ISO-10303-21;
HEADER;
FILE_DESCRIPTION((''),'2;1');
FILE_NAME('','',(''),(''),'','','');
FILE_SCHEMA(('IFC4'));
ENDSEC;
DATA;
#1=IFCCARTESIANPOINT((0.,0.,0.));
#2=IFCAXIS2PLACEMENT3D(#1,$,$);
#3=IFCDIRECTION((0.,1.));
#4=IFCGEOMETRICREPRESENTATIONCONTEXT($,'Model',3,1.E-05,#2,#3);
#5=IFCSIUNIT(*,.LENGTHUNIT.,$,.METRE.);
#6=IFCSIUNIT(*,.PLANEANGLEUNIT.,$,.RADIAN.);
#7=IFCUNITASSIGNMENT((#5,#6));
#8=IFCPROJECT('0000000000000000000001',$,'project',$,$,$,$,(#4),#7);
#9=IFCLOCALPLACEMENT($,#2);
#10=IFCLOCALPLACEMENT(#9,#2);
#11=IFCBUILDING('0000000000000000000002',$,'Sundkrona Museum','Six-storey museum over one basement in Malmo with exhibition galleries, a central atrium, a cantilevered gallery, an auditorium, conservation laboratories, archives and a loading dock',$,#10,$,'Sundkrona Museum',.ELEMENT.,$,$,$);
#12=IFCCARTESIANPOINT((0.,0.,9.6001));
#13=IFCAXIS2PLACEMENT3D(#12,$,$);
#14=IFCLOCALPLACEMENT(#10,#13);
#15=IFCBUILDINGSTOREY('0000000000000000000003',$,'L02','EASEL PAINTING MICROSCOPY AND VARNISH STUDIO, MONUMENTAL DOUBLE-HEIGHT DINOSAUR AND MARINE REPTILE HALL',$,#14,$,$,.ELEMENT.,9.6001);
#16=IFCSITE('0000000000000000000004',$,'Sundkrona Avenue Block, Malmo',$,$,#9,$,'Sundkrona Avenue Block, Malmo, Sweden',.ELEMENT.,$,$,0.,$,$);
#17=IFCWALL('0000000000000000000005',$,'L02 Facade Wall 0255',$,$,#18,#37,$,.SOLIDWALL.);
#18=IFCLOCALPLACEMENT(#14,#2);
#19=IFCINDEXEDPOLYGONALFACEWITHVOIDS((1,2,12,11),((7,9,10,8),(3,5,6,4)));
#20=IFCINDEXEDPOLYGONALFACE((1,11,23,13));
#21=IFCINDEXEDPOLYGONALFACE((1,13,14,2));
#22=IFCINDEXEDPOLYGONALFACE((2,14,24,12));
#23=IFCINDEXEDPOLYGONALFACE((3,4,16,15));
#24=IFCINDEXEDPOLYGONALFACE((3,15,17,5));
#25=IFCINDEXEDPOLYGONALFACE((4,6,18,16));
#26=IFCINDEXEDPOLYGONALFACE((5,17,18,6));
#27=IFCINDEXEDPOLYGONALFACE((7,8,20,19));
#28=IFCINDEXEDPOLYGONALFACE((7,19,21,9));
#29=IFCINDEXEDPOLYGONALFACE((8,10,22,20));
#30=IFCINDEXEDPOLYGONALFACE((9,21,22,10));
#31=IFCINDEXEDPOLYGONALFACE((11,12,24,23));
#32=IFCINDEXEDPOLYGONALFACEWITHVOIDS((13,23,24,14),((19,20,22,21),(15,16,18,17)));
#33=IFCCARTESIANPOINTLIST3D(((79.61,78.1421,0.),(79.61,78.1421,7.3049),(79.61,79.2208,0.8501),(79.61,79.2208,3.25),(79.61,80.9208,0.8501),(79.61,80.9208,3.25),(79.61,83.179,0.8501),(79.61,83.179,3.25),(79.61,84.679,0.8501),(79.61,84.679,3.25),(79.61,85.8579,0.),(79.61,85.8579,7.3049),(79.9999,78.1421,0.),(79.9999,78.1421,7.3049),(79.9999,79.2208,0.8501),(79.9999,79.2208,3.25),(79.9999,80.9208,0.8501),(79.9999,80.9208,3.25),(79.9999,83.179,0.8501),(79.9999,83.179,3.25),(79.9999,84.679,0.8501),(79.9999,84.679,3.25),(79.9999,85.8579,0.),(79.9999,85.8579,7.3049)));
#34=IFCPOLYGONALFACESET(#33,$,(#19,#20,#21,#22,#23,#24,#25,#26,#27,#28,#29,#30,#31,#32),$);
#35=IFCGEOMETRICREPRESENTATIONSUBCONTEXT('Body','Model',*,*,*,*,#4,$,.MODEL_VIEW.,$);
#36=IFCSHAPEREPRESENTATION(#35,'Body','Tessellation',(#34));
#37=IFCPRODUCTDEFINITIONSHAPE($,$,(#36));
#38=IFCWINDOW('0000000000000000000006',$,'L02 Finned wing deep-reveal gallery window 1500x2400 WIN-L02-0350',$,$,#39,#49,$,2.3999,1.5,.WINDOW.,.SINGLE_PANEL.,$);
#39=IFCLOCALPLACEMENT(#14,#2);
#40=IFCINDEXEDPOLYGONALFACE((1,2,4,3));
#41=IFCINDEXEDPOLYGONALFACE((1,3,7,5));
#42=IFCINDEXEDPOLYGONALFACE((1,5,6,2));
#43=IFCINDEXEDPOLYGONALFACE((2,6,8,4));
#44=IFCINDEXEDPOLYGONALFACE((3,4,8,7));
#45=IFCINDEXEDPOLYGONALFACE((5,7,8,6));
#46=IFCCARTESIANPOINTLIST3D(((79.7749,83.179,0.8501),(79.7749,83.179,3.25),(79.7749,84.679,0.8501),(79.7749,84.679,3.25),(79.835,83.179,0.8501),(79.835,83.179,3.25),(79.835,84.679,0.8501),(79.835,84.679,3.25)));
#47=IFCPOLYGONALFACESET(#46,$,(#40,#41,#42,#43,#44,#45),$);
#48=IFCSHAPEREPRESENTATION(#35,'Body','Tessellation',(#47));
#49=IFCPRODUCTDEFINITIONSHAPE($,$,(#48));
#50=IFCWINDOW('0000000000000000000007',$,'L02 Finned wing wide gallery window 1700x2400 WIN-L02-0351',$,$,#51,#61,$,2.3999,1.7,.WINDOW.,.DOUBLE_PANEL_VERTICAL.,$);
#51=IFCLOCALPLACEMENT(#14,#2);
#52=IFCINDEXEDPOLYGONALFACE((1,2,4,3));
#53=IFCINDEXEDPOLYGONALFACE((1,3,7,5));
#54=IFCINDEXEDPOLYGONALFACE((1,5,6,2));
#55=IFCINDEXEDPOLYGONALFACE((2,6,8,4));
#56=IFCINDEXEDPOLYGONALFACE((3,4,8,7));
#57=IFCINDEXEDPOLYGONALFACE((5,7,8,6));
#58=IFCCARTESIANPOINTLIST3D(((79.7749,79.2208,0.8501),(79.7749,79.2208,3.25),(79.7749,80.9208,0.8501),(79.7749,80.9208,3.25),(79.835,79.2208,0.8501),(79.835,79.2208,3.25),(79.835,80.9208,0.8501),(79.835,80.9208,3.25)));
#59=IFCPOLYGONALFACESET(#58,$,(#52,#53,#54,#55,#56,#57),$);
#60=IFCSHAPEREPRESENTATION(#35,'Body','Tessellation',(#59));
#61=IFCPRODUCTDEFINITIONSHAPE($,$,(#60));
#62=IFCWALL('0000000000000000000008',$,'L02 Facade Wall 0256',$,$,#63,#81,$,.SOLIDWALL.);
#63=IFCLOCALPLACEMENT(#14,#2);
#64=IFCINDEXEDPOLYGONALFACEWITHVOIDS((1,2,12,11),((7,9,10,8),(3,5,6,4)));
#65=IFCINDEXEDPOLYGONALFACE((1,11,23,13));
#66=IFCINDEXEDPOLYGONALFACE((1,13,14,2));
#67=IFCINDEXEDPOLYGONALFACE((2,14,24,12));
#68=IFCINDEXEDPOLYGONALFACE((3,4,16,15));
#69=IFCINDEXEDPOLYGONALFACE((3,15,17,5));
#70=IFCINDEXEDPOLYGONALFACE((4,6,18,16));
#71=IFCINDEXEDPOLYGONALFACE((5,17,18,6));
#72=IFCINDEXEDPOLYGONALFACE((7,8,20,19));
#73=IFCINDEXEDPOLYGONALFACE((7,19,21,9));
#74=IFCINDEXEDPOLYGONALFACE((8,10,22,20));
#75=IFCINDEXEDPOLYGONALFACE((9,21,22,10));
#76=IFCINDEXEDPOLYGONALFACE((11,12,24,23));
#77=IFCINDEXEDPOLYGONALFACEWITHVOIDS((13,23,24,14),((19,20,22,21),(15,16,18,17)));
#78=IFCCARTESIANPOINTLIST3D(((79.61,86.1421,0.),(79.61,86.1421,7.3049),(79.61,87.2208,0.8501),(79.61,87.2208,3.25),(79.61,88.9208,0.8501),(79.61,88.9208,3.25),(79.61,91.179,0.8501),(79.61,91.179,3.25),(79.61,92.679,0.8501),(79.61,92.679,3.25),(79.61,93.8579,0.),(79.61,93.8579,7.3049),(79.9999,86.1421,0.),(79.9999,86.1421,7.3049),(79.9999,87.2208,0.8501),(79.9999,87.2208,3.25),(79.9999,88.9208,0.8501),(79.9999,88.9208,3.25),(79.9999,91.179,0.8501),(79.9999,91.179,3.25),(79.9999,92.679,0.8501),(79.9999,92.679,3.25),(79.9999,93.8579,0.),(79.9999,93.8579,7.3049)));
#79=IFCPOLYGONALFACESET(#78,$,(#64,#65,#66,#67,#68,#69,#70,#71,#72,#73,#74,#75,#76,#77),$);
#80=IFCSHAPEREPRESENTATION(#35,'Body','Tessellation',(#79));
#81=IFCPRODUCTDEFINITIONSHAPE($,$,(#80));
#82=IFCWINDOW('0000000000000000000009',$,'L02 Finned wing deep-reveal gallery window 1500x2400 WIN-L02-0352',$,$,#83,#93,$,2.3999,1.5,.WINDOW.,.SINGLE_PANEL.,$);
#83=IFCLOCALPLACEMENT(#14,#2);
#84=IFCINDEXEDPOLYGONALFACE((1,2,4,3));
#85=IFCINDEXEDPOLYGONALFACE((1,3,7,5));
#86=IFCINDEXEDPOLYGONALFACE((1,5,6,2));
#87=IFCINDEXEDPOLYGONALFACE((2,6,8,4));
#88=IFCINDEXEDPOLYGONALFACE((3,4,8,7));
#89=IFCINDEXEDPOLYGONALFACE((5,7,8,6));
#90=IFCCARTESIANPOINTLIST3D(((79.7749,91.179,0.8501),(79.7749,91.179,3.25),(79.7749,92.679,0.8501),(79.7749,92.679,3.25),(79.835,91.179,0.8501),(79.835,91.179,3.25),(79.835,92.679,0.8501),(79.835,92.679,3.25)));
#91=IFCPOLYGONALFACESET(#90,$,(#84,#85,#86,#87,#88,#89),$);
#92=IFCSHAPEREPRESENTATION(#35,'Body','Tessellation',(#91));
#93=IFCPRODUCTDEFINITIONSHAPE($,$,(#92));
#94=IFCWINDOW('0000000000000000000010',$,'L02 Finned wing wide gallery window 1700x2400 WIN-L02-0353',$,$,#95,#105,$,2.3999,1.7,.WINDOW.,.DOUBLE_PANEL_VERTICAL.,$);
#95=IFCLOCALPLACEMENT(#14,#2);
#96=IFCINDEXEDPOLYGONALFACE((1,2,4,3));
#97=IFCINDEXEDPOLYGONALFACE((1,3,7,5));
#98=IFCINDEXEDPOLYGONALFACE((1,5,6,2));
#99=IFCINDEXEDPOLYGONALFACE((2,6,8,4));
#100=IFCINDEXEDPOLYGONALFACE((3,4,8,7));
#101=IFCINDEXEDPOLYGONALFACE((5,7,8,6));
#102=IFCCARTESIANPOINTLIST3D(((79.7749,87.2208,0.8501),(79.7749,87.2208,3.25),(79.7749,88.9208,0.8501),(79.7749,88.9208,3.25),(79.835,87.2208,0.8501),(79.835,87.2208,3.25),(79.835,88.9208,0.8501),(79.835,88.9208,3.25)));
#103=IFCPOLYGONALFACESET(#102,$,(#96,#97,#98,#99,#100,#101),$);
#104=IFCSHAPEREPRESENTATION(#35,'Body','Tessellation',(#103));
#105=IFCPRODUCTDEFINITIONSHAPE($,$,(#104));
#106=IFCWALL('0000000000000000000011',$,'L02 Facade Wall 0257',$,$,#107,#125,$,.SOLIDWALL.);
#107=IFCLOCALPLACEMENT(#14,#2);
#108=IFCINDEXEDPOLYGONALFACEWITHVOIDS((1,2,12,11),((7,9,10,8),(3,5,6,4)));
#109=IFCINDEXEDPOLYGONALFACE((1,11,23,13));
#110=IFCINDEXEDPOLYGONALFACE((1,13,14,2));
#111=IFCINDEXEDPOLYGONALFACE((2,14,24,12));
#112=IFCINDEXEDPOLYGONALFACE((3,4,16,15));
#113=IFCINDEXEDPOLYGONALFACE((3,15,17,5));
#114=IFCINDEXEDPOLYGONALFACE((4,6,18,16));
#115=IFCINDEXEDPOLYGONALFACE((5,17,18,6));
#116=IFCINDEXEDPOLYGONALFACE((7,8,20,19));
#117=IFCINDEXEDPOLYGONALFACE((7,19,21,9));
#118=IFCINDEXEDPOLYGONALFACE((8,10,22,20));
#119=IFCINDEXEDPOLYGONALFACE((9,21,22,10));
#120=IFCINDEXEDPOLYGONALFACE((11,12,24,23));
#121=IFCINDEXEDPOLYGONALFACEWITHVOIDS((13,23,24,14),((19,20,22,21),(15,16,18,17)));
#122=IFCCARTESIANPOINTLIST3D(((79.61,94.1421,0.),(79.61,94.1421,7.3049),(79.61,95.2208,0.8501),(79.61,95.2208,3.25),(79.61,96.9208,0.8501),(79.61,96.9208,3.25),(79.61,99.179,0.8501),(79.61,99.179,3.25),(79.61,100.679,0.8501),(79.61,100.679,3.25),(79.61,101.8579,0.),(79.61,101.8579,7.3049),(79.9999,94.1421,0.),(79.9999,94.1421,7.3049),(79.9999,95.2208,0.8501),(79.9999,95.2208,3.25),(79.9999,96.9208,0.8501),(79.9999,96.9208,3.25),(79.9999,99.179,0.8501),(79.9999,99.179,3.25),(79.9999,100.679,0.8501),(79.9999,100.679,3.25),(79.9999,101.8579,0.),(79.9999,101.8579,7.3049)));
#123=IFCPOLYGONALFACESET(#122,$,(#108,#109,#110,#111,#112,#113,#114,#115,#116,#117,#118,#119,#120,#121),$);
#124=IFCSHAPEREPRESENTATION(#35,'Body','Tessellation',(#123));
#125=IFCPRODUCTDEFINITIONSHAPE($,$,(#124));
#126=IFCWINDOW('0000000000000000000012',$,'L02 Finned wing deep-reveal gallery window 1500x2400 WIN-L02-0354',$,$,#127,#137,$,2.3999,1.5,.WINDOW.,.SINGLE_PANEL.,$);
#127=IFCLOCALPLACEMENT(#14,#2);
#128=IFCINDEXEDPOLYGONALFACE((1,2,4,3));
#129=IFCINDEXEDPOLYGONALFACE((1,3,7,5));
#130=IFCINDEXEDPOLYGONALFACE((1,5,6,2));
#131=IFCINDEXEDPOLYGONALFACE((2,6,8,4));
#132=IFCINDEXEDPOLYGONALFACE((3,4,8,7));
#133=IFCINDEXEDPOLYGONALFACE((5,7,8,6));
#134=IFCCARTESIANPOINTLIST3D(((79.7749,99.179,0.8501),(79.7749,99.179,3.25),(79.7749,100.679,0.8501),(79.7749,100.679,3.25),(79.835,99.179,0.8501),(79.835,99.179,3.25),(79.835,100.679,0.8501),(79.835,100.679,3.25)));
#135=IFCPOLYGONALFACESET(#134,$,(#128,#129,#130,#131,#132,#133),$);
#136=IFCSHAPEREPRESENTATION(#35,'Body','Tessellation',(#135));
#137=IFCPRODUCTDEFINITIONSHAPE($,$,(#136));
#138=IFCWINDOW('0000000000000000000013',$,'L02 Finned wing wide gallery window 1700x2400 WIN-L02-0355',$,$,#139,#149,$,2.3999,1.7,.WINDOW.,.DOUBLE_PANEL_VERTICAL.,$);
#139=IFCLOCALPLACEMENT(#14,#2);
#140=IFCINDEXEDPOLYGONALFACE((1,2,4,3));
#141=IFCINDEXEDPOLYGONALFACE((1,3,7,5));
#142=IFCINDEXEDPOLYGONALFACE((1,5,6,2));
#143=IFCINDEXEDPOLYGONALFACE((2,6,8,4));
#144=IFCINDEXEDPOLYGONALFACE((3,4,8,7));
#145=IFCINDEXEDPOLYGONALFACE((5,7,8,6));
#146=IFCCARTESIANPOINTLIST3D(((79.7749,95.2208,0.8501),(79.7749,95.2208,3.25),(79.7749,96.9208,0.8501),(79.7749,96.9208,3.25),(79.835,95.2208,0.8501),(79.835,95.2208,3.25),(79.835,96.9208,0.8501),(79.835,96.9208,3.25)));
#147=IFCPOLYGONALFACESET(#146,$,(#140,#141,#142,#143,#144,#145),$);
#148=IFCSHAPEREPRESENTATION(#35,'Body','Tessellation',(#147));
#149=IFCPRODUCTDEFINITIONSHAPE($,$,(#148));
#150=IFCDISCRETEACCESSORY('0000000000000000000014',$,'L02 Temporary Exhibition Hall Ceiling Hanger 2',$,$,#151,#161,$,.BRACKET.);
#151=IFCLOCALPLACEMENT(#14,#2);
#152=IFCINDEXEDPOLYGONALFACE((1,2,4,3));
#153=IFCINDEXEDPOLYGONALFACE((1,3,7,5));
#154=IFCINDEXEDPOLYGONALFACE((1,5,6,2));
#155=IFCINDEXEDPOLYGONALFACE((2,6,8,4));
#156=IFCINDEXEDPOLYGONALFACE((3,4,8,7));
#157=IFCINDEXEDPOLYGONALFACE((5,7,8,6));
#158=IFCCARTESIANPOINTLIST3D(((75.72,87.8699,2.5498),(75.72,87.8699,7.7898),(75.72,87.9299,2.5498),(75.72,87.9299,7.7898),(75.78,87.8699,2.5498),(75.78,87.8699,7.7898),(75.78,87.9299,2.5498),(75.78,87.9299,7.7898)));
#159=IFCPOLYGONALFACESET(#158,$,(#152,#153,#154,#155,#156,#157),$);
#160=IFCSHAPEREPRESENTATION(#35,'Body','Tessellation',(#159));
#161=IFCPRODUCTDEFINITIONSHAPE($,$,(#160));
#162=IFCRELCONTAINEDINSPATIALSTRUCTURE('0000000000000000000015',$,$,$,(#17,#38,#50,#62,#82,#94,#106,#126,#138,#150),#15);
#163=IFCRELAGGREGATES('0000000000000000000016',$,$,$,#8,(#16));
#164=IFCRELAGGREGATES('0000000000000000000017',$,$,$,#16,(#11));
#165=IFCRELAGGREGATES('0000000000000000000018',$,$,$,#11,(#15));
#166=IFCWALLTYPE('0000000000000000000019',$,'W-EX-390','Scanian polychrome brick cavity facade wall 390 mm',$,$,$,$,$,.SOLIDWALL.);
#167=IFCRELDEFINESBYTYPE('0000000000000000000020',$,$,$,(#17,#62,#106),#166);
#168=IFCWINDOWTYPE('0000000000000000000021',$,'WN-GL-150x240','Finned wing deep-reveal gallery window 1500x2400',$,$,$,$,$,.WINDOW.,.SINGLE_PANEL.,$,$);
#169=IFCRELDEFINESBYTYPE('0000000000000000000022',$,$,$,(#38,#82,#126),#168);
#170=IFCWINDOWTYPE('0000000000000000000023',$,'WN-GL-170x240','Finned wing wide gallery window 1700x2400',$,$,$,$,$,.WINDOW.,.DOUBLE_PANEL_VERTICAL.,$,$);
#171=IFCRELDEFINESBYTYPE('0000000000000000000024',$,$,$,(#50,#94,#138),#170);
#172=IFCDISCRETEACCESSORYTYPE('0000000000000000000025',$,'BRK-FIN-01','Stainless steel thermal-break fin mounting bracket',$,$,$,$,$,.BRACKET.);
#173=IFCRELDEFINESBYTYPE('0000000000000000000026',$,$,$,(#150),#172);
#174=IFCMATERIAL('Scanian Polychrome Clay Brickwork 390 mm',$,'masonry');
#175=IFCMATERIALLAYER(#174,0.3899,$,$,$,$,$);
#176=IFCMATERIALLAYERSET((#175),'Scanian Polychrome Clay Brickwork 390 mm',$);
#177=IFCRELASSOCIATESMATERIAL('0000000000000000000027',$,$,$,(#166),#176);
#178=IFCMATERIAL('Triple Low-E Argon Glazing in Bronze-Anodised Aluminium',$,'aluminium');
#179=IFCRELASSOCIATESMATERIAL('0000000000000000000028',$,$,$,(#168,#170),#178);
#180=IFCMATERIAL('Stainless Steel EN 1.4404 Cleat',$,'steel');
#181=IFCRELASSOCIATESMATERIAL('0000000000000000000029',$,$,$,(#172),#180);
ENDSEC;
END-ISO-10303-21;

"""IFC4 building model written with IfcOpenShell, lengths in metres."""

from ifc_helpers import new_model, si_unit, direction, frame, frame_2d, origin, origin_2d, place, context, subcontext, project, spatial, rectangle, extrude, material, layer, layer_set, type_object, element, fill, save


model = new_model("IFC4")

# Units and contexts
model_context = context("Model", 3, precision=1e-05, world=origin(), true_north=direction((0.0, 1.0)))
body_context = subcontext(model_context, "Body", "Model", "MODEL_VIEW")
ifc_project = project(units=[si_unit("LENGTHUNIT", "METRE"), si_unit("PLANEANGLEUNIT", "RADIAN")], contexts=[model_context])

# Site, building, storey
site_placement = place(None, origin())
site = spatial("IfcSite", under=ifc_project, at=site_placement, Name="Sundkrona Avenue Block, Malmo", LongName="Sundkrona Avenue Block, Malmo, Sweden", CompositionType="ELEMENT", RefElevation=0.0)
building_placement = place(site_placement, origin())
building = spatial("IfcBuilding", under=site, at=building_placement, Name="Sundkrona Museum", Description="Six-storey museum over one basement in Malmo with exhibition galleries, a central atrium, a cantilevered gallery, an auditorium, conservation laboratories, archives and a loading dock", LongName="Sundkrona Museum", CompositionType="ELEMENT")
storey_placement = place(building_placement, frame((0.0, 0.0, 9.6001)))
storey = spatial("IfcBuildingStorey", under=building, at=storey_placement, Name="L02", Description="EASEL PAINTING MICROSCOPY AND VARNISH STUDIO, MONUMENTAL DOUBLE-HEIGHT DINOSAUR AND MARINE REPTILE HALL", CompositionType="ELEMENT", Elevation=9.6001)

# Walls, openings, windows
ifc_material_1 = material(Name="Scanian Polychrome Clay Brickwork 390 mm", Category="masonry")
ifc_layer = layer(ifc_material_1, 0.3899)
ifc_layer_set = layer_set([ifc_layer], Name="Scanian Polychrome Clay Brickwork 390 mm")
wall_type = type_object("IfcWallType", Name="W-EX-390", Description="Scanian polychrome brick cavity facade wall 390 mm", PredefinedType="SOLIDWALL", material=ifc_layer_set)
wall_1_placement = place(storey_placement, frame((79.8049, 85.8579, 0.0), z_axis=(0.0, 0.0, 1.0), x_axis=(0.0, -1.0, 0.0)))
wall_1 = element("IfcWall", 1, at=wall_1_placement, inside=storey, type_object=wall_type, Name="L02 Facade Wall 0255", PredefinedType="SOLIDWALL", context=body_context, shape_type="SweptSolid", body=[
    extrude(rectangle(XDim=7.7158, YDim=0.3899, at=frame_2d((3.8579, 0.0))), origin(), (0.0, 0.0, 1.0), 7.3049),
])
opening_1_placement = place(wall_1_placement, frame((1.179, 0.0, 0.8501)))
opening_1 = element("IfcOpeningElement", 2, at=opening_1_placement, cuts=wall_1, PredefinedType="OPENING", context=body_context, shape_type="SweptSolid", body=[
    extrude(rectangle(XDim=1.5, YDim=2.3999, at=frame_2d((0.75, 1.2))), frame((0.0, 0.2048, 0.0), z_axis=(0.0, -1.0, 0.0), x_axis=(1.0, 0.0, 0.0)), (0.0, 0.0, 1.0), 0.4099),
])
opening_2_placement = place(wall_1_placement, frame((4.937, 0.0, 0.8501)))
opening_2 = element("IfcOpeningElement", 3, at=opening_2_placement, cuts=wall_1, PredefinedType="OPENING", context=body_context, shape_type="SweptSolid", body=[
    extrude(rectangle(XDim=1.7, YDim=2.3999, at=frame_2d((0.8501, 1.2))), frame((0.0, 0.2048, 0.0), z_axis=(0.0, -1.0, 0.0), x_axis=(1.0, 0.0, 0.0)), (0.0, 0.0, 1.0), 0.4099),
])
ifc_material_2 = material(Name="Triple Low-E Argon Glazing in Bronze-Anodised Aluminium", Category="aluminium")
window_type_1 = type_object("IfcWindowType", Name="WN-GL-150x240", Description="Finned wing deep-reveal gallery window 1500x2400", PartitioningType="SINGLE_PANEL", PredefinedType="WINDOW", material=ifc_material_2)
window_1_placement = place(opening_1_placement, origin())
window_1 = element("IfcWindow", 4, at=window_1_placement, inside=storey, type_object=window_type_1, Name="L02 Finned wing deep-reveal gallery window 1500x2400 WIN-L02-0350", OverallHeight=2.3999, OverallWidth=1.5, PartitioningType="SINGLE_PANEL", PredefinedType="WINDOW", context=body_context, shape_type="SweptSolid", body=[
    extrude(rectangle(XDim=1.5, YDim=2.3999, at=frame_2d((0.75, 1.2))), frame((0.0, 0.03, 0.0), z_axis=(0.0, -1.0, 0.0), x_axis=(1.0, 0.0, 0.0)), (0.0, 0.0, 1.0), 0.0601),
])
fill(opening_1, window_1)
window_type_2 = type_object("IfcWindowType", Name="WN-GL-170x240", Description="Finned wing wide gallery window 1700x2400", PartitioningType="DOUBLE_PANEL_VERTICAL", PredefinedType="WINDOW", material=ifc_material_2)
window_2_placement = place(opening_2_placement, origin())
window_2 = element("IfcWindow", 5, at=window_2_placement, inside=storey, type_object=window_type_2, Name="L02 Finned wing wide gallery window 1700x2400 WIN-L02-0351", OverallHeight=2.3999, OverallWidth=1.7, PartitioningType="DOUBLE_PANEL_VERTICAL", PredefinedType="WINDOW", context=body_context, shape_type="SweptSolid", body=[
    extrude(rectangle(XDim=1.7, YDim=2.3999, at=frame_2d((0.8501, 1.2))), frame((0.0, 0.03, 0.0), z_axis=(0.0, -1.0, 0.0), x_axis=(1.0, 0.0, 0.0)), (0.0, 0.0, 1.0), 0.0601),
])
fill(opening_2, window_2)
wall_2_placement = place(storey_placement, frame((79.8049, 93.8579, 0.0), z_axis=(0.0, 0.0, 1.0), x_axis=(0.0, -1.0, 0.0)))
wall_2 = element("IfcWall", 6, at=wall_2_placement, inside=storey, type_object=wall_type, Name="L02 Facade Wall 0256", PredefinedType="SOLIDWALL", context=body_context, shape_type="SweptSolid", body=[
    extrude(rectangle(XDim=7.7158, YDim=0.3899, at=frame_2d((3.8579, 0.0))), origin(), (0.0, 0.0, 1.0), 7.3049),
])
opening_3_placement = place(wall_2_placement, frame((1.179, 0.0, 0.8501)))
opening_3 = element("IfcOpeningElement", 7, at=opening_3_placement, cuts=wall_2, PredefinedType="OPENING", context=body_context, shape_type="SweptSolid", body=[
    extrude(rectangle(XDim=1.5, YDim=2.3999, at=frame_2d((0.75, 1.2))), frame((0.0, 0.2048, 0.0), z_axis=(0.0, -1.0, 0.0), x_axis=(1.0, 0.0, 0.0)), (0.0, 0.0, 1.0), 0.4099),
])
opening_4_placement = place(wall_2_placement, frame((4.937, 0.0, 0.8501)))
opening_4 = element("IfcOpeningElement", 8, at=opening_4_placement, cuts=wall_2, PredefinedType="OPENING", context=body_context, shape_type="SweptSolid", body=[
    extrude(rectangle(XDim=1.7, YDim=2.3999, at=frame_2d((0.8501, 1.2))), frame((0.0, 0.2048, 0.0), z_axis=(0.0, -1.0, 0.0), x_axis=(1.0, 0.0, 0.0)), (0.0, 0.0, 1.0), 0.4099),
])
window_3_placement = place(opening_3_placement, origin())
window_3 = element("IfcWindow", 9, at=window_3_placement, inside=storey, type_object=window_type_1, Name="L02 Finned wing deep-reveal gallery window 1500x2400 WIN-L02-0352", OverallHeight=2.3999, OverallWidth=1.5, PartitioningType="SINGLE_PANEL", PredefinedType="WINDOW", context=body_context, shape_type="SweptSolid", body=[
    extrude(rectangle(XDim=1.5, YDim=2.3999, at=frame_2d((0.75, 1.2))), frame((0.0, 0.03, 0.0), z_axis=(0.0, -1.0, 0.0), x_axis=(1.0, 0.0, 0.0)), (0.0, 0.0, 1.0), 0.0601),
])
fill(opening_3, window_3)
window_4_placement = place(opening_4_placement, origin())
window_4 = element("IfcWindow", 10, at=window_4_placement, inside=storey, type_object=window_type_2, Name="L02 Finned wing wide gallery window 1700x2400 WIN-L02-0353", OverallHeight=2.3999, OverallWidth=1.7, PartitioningType="DOUBLE_PANEL_VERTICAL", PredefinedType="WINDOW", context=body_context, shape_type="SweptSolid", body=[
    extrude(rectangle(XDim=1.7, YDim=2.3999, at=frame_2d((0.8501, 1.2))), frame((0.0, 0.03, 0.0), z_axis=(0.0, -1.0, 0.0), x_axis=(1.0, 0.0, 0.0)), (0.0, 0.0, 1.0), 0.0601),
])
fill(opening_4, window_4)
wall_3_placement = place(storey_placement, frame((79.8049, 101.8579, 0.0), z_axis=(0.0, 0.0, 1.0), x_axis=(0.0, -1.0, 0.0)))
wall_3 = element("IfcWall", 11, at=wall_3_placement, inside=storey, type_object=wall_type, Name="L02 Facade Wall 0257", PredefinedType="SOLIDWALL", context=body_context, shape_type="SweptSolid", body=[
    extrude(rectangle(XDim=7.7158, YDim=0.3899, at=frame_2d((3.8579, 0.0))), origin(), (0.0, 0.0, 1.0), 7.3049),
])
opening_5_placement = place(wall_3_placement, frame((1.179, 0.0, 0.8501)))
opening_5 = element("IfcOpeningElement", 12, at=opening_5_placement, cuts=wall_3, PredefinedType="OPENING", context=body_context, shape_type="SweptSolid", body=[
    extrude(rectangle(XDim=1.5, YDim=2.3999, at=frame_2d((0.75, 1.2))), frame((0.0, 0.2048, 0.0), z_axis=(0.0, -1.0, 0.0), x_axis=(1.0, 0.0, 0.0)), (0.0, 0.0, 1.0), 0.4099),
])
opening_6_placement = place(wall_3_placement, frame((4.937, 0.0, 0.8501)))
opening_6 = element("IfcOpeningElement", 13, at=opening_6_placement, cuts=wall_3, PredefinedType="OPENING", context=body_context, shape_type="SweptSolid", body=[
    extrude(rectangle(XDim=1.7, YDim=2.3999, at=frame_2d((0.8501, 1.2))), frame((0.0, 0.2048, 0.0), z_axis=(0.0, -1.0, 0.0), x_axis=(1.0, 0.0, 0.0)), (0.0, 0.0, 1.0), 0.4099),
])
window_5_placement = place(opening_5_placement, origin())
window_5 = element("IfcWindow", 14, at=window_5_placement, inside=storey, type_object=window_type_1, Name="L02 Finned wing deep-reveal gallery window 1500x2400 WIN-L02-0354", OverallHeight=2.3999, OverallWidth=1.5, PartitioningType="SINGLE_PANEL", PredefinedType="WINDOW", context=body_context, shape_type="SweptSolid", body=[
    extrude(rectangle(XDim=1.5, YDim=2.3999, at=frame_2d((0.75, 1.2))), frame((0.0, 0.03, 0.0), z_axis=(0.0, -1.0, 0.0), x_axis=(1.0, 0.0, 0.0)), (0.0, 0.0, 1.0), 0.0601),
])
fill(opening_5, window_5)
window_6_placement = place(opening_6_placement, origin())
window_6 = element("IfcWindow", 15, at=window_6_placement, inside=storey, type_object=window_type_2, Name="L02 Finned wing wide gallery window 1700x2400 WIN-L02-0355", OverallHeight=2.3999, OverallWidth=1.7, PartitioningType="DOUBLE_PANEL_VERTICAL", PredefinedType="WINDOW", context=body_context, shape_type="SweptSolid", body=[
    extrude(rectangle(XDim=1.7, YDim=2.3999, at=frame_2d((0.8501, 1.2))), frame((0.0, 0.03, 0.0), z_axis=(0.0, -1.0, 0.0), x_axis=(1.0, 0.0, 0.0)), (0.0, 0.0, 1.0), 0.0601),
])
fill(opening_6, window_6)

# Discrete accessory
ifc_material_3 = material(Name="Stainless Steel EN 1.4404 Cleat", Category="steel")
discrete_accessory_type = type_object("IfcDiscreteAccessoryType", Name="BRK-FIN-01", Description="Stainless steel thermal-break fin mounting bracket", PredefinedType="BRACKET", material=ifc_material_3)
for number, where, z_axis, x_axis, name in (
    (16, (75.75, 87.8999, 2.5498), (0.0, 0.0, 1.0), (1.0, 0.0, 0.0), "L02 Temporary Exhibition Hall Ceiling Hanger 2"),
):
    element("IfcDiscreteAccessory", number, at=place(storey_placement, frame(where, z_axis=z_axis, x_axis=x_axis)), inside=storey, type_object=discrete_accessory_type, Name=name, PredefinedType="BRACKET", context=body_context, shape_type="SweptSolid", body=[
        extrude(rectangle(XDim=0.0601, YDim=0.0601, at=origin_2d()), origin(), (0.0, 0.0, 1.0), 5.24),
    ])

save(model, "model.ifc")
